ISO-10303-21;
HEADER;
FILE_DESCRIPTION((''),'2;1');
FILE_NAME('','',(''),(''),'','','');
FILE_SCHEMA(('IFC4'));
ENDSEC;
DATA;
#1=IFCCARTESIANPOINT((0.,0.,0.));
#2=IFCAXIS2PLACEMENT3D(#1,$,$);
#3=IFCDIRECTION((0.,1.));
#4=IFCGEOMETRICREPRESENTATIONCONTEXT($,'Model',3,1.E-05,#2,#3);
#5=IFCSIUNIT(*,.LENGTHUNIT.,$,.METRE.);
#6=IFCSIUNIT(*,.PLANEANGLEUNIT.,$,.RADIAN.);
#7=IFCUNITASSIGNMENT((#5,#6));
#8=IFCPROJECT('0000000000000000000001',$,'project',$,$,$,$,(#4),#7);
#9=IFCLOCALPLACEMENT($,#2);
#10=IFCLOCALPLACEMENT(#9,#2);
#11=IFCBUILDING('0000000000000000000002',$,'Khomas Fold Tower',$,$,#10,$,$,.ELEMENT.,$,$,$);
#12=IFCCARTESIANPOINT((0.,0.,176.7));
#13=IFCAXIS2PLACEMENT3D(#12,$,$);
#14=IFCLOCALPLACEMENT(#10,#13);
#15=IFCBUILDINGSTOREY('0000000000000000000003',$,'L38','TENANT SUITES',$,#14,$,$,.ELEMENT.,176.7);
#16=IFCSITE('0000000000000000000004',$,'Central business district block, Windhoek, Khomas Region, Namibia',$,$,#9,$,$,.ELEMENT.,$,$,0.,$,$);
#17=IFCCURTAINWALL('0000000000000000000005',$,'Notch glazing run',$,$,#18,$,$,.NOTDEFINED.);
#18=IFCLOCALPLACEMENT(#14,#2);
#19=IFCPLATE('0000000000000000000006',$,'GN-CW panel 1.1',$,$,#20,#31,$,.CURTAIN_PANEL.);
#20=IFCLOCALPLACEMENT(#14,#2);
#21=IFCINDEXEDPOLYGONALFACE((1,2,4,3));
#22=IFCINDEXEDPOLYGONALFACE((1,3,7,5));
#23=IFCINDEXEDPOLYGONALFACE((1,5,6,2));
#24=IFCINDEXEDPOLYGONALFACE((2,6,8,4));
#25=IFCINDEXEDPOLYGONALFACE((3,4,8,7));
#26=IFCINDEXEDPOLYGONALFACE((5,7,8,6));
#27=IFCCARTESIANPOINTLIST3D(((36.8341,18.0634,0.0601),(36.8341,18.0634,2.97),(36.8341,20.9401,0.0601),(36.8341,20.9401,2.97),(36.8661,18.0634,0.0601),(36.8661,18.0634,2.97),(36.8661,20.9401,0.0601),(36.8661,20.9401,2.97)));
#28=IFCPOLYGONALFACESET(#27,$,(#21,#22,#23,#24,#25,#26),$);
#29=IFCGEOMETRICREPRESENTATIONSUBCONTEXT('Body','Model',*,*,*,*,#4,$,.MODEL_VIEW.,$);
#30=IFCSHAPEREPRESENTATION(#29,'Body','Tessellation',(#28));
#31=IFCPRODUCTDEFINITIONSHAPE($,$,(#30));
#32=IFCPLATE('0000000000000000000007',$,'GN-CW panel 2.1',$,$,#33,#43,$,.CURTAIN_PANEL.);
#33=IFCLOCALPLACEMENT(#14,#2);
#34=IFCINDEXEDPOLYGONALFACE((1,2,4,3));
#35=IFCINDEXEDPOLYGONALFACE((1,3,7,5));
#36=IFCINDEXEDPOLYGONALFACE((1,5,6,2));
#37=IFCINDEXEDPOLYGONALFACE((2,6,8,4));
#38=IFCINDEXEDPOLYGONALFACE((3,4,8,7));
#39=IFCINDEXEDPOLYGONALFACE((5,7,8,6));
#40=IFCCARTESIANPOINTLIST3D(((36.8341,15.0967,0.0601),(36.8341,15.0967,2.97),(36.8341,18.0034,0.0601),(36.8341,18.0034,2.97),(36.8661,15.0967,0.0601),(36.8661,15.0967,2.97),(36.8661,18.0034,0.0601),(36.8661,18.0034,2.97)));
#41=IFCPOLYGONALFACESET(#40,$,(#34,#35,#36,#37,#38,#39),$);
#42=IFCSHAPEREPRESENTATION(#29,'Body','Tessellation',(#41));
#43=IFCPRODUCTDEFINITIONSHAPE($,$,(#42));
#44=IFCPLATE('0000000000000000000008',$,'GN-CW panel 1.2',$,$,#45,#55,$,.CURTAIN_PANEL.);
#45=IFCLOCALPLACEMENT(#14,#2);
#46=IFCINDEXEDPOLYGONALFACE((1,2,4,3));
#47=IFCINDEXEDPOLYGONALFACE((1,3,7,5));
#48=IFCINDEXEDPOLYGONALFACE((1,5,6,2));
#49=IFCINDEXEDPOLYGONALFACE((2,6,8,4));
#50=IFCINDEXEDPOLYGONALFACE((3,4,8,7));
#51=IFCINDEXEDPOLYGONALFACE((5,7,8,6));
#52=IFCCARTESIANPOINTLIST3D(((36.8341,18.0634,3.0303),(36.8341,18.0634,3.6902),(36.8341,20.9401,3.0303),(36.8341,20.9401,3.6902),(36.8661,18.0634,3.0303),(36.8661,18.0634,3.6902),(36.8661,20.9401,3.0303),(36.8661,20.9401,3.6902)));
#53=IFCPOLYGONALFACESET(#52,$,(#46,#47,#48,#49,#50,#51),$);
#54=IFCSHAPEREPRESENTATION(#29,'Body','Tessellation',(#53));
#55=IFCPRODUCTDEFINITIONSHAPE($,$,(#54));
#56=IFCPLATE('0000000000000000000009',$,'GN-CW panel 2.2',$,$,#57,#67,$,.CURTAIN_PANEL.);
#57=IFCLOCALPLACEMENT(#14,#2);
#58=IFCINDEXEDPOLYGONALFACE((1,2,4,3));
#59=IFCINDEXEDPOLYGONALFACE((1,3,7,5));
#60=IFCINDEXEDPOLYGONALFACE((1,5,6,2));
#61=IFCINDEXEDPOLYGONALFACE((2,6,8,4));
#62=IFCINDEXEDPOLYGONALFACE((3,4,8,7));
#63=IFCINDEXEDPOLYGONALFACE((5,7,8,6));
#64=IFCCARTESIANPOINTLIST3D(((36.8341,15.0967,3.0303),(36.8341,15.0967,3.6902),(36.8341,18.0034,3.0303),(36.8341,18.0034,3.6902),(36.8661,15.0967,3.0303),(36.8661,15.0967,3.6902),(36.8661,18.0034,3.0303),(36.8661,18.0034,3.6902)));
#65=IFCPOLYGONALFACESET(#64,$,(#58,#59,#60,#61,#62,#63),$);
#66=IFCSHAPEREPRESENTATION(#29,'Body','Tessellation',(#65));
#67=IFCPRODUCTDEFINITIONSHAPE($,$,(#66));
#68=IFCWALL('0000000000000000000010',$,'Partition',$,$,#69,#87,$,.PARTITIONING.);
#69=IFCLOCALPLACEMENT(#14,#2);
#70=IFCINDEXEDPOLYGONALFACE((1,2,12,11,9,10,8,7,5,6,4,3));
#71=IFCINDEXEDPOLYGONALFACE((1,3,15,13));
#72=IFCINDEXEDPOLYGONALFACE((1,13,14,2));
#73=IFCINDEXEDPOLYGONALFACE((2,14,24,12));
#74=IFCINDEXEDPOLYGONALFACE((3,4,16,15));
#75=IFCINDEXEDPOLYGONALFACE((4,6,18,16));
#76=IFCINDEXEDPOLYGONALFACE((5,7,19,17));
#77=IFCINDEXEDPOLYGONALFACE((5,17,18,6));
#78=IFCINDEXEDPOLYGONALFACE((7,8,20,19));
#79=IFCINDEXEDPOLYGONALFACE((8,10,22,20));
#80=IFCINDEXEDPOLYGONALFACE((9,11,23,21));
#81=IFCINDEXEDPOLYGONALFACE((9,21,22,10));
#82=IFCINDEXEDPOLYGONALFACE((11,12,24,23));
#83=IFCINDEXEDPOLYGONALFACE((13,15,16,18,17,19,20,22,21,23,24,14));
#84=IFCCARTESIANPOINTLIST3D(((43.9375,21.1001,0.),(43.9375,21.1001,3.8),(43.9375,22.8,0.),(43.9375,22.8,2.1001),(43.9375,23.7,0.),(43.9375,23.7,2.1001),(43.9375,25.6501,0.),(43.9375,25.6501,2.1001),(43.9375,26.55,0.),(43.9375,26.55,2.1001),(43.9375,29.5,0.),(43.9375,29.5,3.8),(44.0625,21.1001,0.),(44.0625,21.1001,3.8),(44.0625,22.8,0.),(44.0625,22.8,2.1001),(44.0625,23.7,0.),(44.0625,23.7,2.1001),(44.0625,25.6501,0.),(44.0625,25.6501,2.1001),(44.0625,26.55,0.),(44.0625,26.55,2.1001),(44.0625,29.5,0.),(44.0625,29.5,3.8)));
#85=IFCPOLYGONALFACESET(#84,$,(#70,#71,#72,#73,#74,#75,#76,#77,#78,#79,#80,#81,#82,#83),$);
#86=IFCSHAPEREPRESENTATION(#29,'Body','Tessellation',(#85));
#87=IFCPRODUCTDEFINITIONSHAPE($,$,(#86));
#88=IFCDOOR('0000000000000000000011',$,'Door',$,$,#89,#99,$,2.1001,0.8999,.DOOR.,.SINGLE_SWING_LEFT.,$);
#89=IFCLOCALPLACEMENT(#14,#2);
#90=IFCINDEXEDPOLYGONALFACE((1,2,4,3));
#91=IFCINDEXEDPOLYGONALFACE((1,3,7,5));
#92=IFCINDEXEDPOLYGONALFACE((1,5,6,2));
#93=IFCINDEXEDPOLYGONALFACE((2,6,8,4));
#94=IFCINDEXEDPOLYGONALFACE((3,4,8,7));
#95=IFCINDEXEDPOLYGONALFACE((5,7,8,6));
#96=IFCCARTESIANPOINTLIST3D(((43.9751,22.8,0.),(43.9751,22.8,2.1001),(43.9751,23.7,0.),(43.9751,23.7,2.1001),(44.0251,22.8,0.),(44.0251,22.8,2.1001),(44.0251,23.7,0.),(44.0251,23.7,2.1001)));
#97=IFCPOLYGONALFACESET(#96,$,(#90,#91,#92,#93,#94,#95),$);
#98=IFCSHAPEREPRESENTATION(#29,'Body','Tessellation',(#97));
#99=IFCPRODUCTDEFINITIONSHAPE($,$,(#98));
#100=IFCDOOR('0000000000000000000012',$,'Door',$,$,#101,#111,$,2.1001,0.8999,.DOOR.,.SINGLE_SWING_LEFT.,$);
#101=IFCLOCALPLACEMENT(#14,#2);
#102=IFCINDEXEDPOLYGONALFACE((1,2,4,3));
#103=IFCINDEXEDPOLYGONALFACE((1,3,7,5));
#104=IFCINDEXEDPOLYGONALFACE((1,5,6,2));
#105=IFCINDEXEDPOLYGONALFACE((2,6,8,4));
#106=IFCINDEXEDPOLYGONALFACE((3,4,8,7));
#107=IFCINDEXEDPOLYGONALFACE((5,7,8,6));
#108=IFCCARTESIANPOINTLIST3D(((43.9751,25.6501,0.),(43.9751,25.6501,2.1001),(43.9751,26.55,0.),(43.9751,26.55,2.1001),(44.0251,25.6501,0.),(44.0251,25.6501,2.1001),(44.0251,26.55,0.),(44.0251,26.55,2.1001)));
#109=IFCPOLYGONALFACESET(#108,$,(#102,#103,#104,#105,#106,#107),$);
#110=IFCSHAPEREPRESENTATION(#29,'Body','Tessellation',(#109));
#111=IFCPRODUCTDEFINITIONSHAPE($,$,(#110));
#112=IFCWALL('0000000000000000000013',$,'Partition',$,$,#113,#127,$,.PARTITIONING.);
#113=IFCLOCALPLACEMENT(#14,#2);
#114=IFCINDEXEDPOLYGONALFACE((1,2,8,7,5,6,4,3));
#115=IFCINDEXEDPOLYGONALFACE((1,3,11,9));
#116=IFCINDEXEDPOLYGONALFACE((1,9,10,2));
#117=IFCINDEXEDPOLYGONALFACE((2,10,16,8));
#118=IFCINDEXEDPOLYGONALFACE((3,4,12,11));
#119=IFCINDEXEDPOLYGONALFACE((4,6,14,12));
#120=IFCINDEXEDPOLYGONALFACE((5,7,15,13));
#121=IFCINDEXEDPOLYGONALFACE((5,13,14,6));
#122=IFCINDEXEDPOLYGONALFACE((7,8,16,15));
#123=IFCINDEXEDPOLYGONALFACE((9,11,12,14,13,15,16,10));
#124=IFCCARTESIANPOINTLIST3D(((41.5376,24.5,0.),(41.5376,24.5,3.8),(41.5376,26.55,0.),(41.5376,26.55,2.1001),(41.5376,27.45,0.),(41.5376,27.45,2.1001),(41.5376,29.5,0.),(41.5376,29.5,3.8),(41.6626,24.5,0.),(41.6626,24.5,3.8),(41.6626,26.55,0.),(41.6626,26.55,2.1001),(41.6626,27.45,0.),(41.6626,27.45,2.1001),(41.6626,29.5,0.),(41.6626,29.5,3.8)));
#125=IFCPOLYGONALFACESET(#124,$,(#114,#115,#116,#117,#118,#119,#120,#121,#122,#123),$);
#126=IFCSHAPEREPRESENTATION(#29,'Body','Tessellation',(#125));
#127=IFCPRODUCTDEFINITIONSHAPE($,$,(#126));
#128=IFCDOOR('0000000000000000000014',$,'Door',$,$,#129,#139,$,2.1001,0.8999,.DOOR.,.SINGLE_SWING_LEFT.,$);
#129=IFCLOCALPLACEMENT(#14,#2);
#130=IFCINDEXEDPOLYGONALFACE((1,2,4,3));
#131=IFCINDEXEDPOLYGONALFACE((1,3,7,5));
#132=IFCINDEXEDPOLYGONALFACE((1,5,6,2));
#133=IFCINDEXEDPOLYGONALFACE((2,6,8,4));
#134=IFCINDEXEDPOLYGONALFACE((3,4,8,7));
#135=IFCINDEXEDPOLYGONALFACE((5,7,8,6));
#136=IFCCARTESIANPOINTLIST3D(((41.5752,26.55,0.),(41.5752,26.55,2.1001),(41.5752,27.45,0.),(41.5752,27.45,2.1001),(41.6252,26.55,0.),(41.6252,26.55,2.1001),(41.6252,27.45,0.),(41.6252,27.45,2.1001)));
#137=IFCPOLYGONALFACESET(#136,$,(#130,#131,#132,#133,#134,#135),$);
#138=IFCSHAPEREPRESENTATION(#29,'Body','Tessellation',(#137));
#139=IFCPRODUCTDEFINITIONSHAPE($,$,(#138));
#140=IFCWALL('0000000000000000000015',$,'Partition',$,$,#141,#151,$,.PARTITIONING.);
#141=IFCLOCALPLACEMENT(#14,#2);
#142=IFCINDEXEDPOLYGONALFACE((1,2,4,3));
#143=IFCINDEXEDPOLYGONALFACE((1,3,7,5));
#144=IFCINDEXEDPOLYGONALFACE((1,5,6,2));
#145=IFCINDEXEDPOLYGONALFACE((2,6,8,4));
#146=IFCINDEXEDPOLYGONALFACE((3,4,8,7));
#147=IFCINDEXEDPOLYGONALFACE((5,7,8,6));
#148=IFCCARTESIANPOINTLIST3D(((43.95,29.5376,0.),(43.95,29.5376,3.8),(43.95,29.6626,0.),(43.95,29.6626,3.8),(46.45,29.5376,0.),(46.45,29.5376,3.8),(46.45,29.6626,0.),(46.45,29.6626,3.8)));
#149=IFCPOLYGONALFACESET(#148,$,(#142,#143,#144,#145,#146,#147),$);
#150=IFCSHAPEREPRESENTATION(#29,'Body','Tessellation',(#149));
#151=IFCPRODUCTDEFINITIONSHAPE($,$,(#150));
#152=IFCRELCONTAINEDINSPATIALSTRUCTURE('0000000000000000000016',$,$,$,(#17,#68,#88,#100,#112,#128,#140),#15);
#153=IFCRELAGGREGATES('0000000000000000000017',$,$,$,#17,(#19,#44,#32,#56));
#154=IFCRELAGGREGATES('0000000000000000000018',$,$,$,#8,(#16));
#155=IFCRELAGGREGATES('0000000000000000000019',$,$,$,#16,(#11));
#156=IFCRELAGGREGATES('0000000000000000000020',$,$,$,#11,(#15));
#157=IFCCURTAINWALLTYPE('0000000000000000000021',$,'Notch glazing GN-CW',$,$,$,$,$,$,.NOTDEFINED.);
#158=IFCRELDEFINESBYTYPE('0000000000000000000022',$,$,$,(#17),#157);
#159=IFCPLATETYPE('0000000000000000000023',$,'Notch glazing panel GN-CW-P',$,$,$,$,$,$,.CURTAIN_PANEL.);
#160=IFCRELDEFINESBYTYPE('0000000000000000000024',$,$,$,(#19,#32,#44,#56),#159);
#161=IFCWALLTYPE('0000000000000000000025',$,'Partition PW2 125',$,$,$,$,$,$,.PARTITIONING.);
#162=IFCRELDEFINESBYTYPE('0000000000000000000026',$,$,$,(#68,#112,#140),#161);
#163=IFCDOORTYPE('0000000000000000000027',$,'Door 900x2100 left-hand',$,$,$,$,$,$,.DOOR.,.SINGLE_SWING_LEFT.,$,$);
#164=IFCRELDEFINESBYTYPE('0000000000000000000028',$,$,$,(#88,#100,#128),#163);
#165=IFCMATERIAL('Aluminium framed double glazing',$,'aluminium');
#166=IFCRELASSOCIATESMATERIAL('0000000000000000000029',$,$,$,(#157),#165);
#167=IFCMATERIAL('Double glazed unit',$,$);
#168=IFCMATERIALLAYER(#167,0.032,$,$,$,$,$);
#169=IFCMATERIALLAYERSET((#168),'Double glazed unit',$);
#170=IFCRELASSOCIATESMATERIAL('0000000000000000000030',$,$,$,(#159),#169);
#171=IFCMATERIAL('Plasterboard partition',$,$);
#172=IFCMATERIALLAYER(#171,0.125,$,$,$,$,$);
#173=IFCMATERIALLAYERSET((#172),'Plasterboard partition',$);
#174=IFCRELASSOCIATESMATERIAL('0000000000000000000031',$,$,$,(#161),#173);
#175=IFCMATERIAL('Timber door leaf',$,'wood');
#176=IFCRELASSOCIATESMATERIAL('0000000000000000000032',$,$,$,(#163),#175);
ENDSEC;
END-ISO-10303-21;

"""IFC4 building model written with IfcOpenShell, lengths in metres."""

from ifc_helpers import new_model, si_unit, direction, frame, frame_2d, origin, origin_2d, place, context, subcontext, project, spatial, rectangle, extrude, source, transform, mapped, material, layer, layer_set, type_object, element, fill, aggregate, save


model = new_model("IFC4")

# Units and contexts
model_context = context("Model", 3, precision=1e-05, world=origin(), true_north=direction((0.0, 1.0)))
body_context = subcontext(model_context, "Body", "Model", "MODEL_VIEW")
ifc_project = project(units=[si_unit("LENGTHUNIT", "METRE"), si_unit("PLANEANGLEUNIT", "RADIAN")], contexts=[model_context])

# Site, building, storey
site_placement = place(None, origin())
site = spatial("IfcSite", under=ifc_project, at=site_placement, Name="Central business district block, Windhoek, Khomas Region, Namibia", CompositionType="ELEMENT", RefElevation=0.0)
building_placement = place(site_placement, origin())
building = spatial("IfcBuilding", under=site, at=building_placement, Name="Khomas Fold Tower", CompositionType="ELEMENT")
storey_placement = place(building_placement, frame((0.0, 0.0, 176.7)))
storey = spatial("IfcBuildingStorey", under=building, at=storey_placement, Name="L38", Description="TENANT SUITES", CompositionType="ELEMENT", Elevation=176.7)

# Curtain wall, plates
ifc_material_1 = material(Name="Aluminium framed double glazing", Category="aluminium")
curtain_wall_type = type_object("IfcCurtainWallType", Name="Notch glazing GN-CW", PredefinedType="NOTDEFINED", material=ifc_material_1)
curtain_wall_placement = place(storey_placement, origin())
curtain_wall = element("IfcCurtainWall", 1, at=curtain_wall_placement, inside=storey, type_object=curtain_wall_type, Name="Notch glazing run", PredefinedType="NOTDEFINED")
ifc_material_2 = material(Name="Double glazed unit")
ifc_layer_1 = layer(ifc_material_2, 0.032)
ifc_layer_set_1 = layer_set([ifc_layer_1], Name="Double glazed unit")
plate_type = type_object("IfcPlateType", Name="Notch glazing panel GN-CW-P", PredefinedType="CURTAIN_PANEL", material=ifc_layer_set_1)
shared_shape_1 = source(origin(), body_context, "Body", "SweptSolid", [
    extrude(rectangle(XDim=2.8767, YDim=0.032, at=origin_2d()), origin(), (0.0, 0.0, 1.0), 2.9099),
])
plate_1_placement = place(storey_placement, frame((36.8501, 19.5017, 0.0601), z_axis=(0.0, 0.0, 1.0), x_axis=(0.0, -1.0, 0.0)))
plate_1 = element("IfcPlate", 2, at=plate_1_placement, type_object=plate_type, Name="GN-CW panel 1.1", PredefinedType="CURTAIN_PANEL", context=body_context, shape_type="MappedRepresentation", body=[
    mapped(shared_shape_1, transform((0.0, 0.0, 0.0))),
])
shared_shape_2 = source(origin(), body_context, "Body", "SweptSolid", [
    extrude(rectangle(XDim=2.9067, YDim=0.032, at=origin_2d()), origin(), (0.0, 0.0, 1.0), 2.9099),
])
plate_2_placement = place(storey_placement, frame((36.8501, 16.55, 0.0601), z_axis=(0.0, 0.0, 1.0), x_axis=(0.0, -1.0, 0.0)))
plate_2 = element("IfcPlate", 3, at=plate_2_placement, type_object=plate_type, Name="GN-CW panel 2.1", PredefinedType="CURTAIN_PANEL", context=body_context, shape_type="MappedRepresentation", body=[
    mapped(shared_shape_2, transform((0.0, 0.0, 0.0))),
])
shared_shape_3 = source(origin(), body_context, "Body", "SweptSolid", [
    extrude(rectangle(XDim=2.8767, YDim=0.032, at=origin_2d()), origin(), (0.0, 0.0, 1.0), 0.6599),
])
plate_3_placement = place(storey_placement, frame((36.8501, 19.5017, 3.0303), z_axis=(0.0, 0.0, 1.0), x_axis=(0.0, -1.0, 0.0)))
plate_3 = element("IfcPlate", 4, at=plate_3_placement, type_object=plate_type, Name="GN-CW panel 1.2", PredefinedType="CURTAIN_PANEL", context=body_context, shape_type="MappedRepresentation", body=[
    mapped(shared_shape_3, transform((0.0, 0.0, 0.0))),
])
shared_shape_4 = source(origin(), body_context, "Body", "SweptSolid", [
    extrude(rectangle(XDim=2.9067, YDim=0.032, at=origin_2d()), origin(), (0.0, 0.0, 1.0), 0.6599),
])
plate_4_placement = place(storey_placement, frame((36.8501, 16.55, 3.0303), z_axis=(0.0, 0.0, 1.0), x_axis=(0.0, -1.0, 0.0)))
plate_4 = element("IfcPlate", 5, at=plate_4_placement, type_object=plate_type, Name="GN-CW panel 2.2", PredefinedType="CURTAIN_PANEL", context=body_context, shape_type="MappedRepresentation", body=[
    mapped(shared_shape_4, transform((0.0, 0.0, 0.0))),
])
aggregate(curtain_wall, [plate_1, plate_3, plate_2, plate_4])

# Wall, openings, doors
ifc_material_3 = material(Name="Plasterboard partition")
ifc_layer_2 = layer(ifc_material_3, 0.125)
ifc_layer_set_2 = layer_set([ifc_layer_2], Name="Plasterboard partition")
wall_type_1 = type_object("IfcWallType", Name="Partition PW2 125", PredefinedType="PARTITIONING", material=ifc_layer_set_2)
shared_shape_5 = source(origin(), body_context, "Body", "SweptSolid", [
    extrude(rectangle(XDim=8.3999, YDim=0.125, at=frame_2d((4.2, 0.0))), origin(), (0.0, 0.0, 1.0), 3.8),
])
wall_1_placement = place(storey_placement, frame((44.0, 21.1001, 0.0), z_axis=(0.0, 0.0, 1.0), x_axis=(0.0, 1.0, 0.0)))
wall_1 = element("IfcWall", 6, at=wall_1_placement, inside=storey, type_object=wall_type_1, Name="Partition", PredefinedType="PARTITIONING", context=body_context, shape_type="MappedRepresentation", body=[
    mapped(shared_shape_5, transform((0.0, 0.0, 0.0))),
])
shared_shape_6 = source(origin(), body_context, "Body", "SweptSolid", [
    extrude(rectangle(XDim=0.8999, YDim=2.1001, at=frame_2d((0.45, 1.05))), frame((0.0, 0.0725, 0.0), z_axis=(0.0, -1.0, 0.0), x_axis=(1.0, 0.0, 0.0)), (0.0, 0.0, 1.0), 0.145),
])
opening_1_placement = place(wall_1_placement, frame((1.7, 0.0, 0.0)))
opening_1 = element("IfcOpeningElement", 7, at=opening_1_placement, cuts=wall_1, PredefinedType="OPENING", context=body_context, shape_type="MappedRepresentation", body=[
    mapped(shared_shape_6, transform((0.0, 0.0, 0.0))),
])
opening_2_placement = place(wall_1_placement, frame((4.55, 0.0, 0.0)))
opening_2 = element("IfcOpeningElement", 8, at=opening_2_placement, cuts=wall_1, PredefinedType="OPENING", context=body_context, shape_type="MappedRepresentation", body=[
    mapped(shared_shape_6, transform((0.0, 0.0, 0.0))),
])
ifc_material_4 = material(Name="Timber door leaf", Category="wood")
door_type_1 = type_object("IfcDoorType", Name="Door 900x2100 left-hand", OperationType="SINGLE_SWING_LEFT", PredefinedType="DOOR", material=ifc_material_4)
shared_shape_7 = source(origin(), body_context, "Body", "SweptSolid", [
    extrude(rectangle(XDim=0.8999, YDim=2.1001, at=frame_2d((0.45, 1.05))), frame((0.0, 0.0249, 0.0), z_axis=(0.0, -1.0, 0.0), x_axis=(1.0, 0.0, 0.0)), (0.0, 0.0, 1.0), 0.05),
])
door_1_placement = place(opening_1_placement, origin())
door_1 = element("IfcDoor", 9, at=door_1_placement, inside=storey, type_object=door_type_1, Name="Door", OperationType="SINGLE_SWING_LEFT", OverallHeight=2.1001, OverallWidth=0.8999, PredefinedType="DOOR", context=body_context, shape_type="MappedRepresentation", body=[
    mapped(shared_shape_7, transform((0.0, 0.0, 0.0))),
])
fill(opening_1, door_1)
door_2_placement = place(opening_2_placement, origin())
door_2 = element("IfcDoor", 10, at=door_2_placement, inside=storey, type_object=door_type_1, Name="Door", OperationType="SINGLE_SWING_LEFT", OverallHeight=2.1001, OverallWidth=0.8999, PredefinedType="DOOR", context=body_context, shape_type="MappedRepresentation", body=[
    mapped(shared_shape_7, transform((0.0, 0.0, 0.0))),
])
fill(opening_2, door_2)

# Wall, opening, door
shared_shape_8 = source(origin(), body_context, "Body", "SweptSolid", [
    extrude(rectangle(XDim=5.0, YDim=0.125, at=frame_2d((2.5, 0.0))), origin(), (0.0, 0.0, 1.0), 3.8),
])
wall_2_placement = place(storey_placement, frame((41.6001, 24.5, 0.0), z_axis=(0.0, 0.0, 1.0), x_axis=(0.0, 1.0, 0.0)))
wall_2 = element("IfcWall", 11, at=wall_2_placement, inside=storey, type_object=wall_type_1, Name="Partition", PredefinedType="PARTITIONING", context=body_context, shape_type="MappedRepresentation", body=[
    mapped(shared_shape_8, transform((0.0, 0.0, 0.0))),
])
opening_3_placement = place(wall_2_placement, frame((2.05, 0.0, 0.0)))
opening_3 = element("IfcOpeningElement", 12, at=opening_3_placement, cuts=wall_2, PredefinedType="OPENING", context=body_context, shape_type="MappedRepresentation", body=[
    mapped(shared_shape_6, transform((0.0, 0.0, 0.0))),
])
door_3_placement = place(opening_3_placement, origin())
door_3 = element("IfcDoor", 13, at=door_3_placement, inside=storey, type_object=door_type_1, Name="Door", OperationType="SINGLE_SWING_LEFT", OverallHeight=2.1001, OverallWidth=0.8999, PredefinedType="DOOR", context=body_context, shape_type="MappedRepresentation", body=[
    mapped(shared_shape_7, transform((0.0, 0.0, 0.0))),
])
fill(opening_3, door_3)

# Wall
shared_shape_9 = source(origin(), body_context, "Body", "SweptSolid", [
    extrude(rectangle(XDim=2.5, YDim=0.125, at=frame_2d((1.25, 0.0))), origin(), (0.0, 0.0, 1.0), 3.8),
])
wall_3_placement = place(storey_placement, frame((43.95, 29.6001, 0.0), z_axis=(0.0, 0.0, 1.0), x_axis=(1.0, 0.0, 0.0)))
element("IfcWall", 14, at=wall_3_placement, inside=storey, type_object=wall_type_1, Name="Partition", PredefinedType="PARTITIONING", context=body_context, shape_type="MappedRepresentation", body=[
    mapped(shared_shape_9, transform((0.0, 0.0, 0.0))),
])

save(model, "model.ifc")
